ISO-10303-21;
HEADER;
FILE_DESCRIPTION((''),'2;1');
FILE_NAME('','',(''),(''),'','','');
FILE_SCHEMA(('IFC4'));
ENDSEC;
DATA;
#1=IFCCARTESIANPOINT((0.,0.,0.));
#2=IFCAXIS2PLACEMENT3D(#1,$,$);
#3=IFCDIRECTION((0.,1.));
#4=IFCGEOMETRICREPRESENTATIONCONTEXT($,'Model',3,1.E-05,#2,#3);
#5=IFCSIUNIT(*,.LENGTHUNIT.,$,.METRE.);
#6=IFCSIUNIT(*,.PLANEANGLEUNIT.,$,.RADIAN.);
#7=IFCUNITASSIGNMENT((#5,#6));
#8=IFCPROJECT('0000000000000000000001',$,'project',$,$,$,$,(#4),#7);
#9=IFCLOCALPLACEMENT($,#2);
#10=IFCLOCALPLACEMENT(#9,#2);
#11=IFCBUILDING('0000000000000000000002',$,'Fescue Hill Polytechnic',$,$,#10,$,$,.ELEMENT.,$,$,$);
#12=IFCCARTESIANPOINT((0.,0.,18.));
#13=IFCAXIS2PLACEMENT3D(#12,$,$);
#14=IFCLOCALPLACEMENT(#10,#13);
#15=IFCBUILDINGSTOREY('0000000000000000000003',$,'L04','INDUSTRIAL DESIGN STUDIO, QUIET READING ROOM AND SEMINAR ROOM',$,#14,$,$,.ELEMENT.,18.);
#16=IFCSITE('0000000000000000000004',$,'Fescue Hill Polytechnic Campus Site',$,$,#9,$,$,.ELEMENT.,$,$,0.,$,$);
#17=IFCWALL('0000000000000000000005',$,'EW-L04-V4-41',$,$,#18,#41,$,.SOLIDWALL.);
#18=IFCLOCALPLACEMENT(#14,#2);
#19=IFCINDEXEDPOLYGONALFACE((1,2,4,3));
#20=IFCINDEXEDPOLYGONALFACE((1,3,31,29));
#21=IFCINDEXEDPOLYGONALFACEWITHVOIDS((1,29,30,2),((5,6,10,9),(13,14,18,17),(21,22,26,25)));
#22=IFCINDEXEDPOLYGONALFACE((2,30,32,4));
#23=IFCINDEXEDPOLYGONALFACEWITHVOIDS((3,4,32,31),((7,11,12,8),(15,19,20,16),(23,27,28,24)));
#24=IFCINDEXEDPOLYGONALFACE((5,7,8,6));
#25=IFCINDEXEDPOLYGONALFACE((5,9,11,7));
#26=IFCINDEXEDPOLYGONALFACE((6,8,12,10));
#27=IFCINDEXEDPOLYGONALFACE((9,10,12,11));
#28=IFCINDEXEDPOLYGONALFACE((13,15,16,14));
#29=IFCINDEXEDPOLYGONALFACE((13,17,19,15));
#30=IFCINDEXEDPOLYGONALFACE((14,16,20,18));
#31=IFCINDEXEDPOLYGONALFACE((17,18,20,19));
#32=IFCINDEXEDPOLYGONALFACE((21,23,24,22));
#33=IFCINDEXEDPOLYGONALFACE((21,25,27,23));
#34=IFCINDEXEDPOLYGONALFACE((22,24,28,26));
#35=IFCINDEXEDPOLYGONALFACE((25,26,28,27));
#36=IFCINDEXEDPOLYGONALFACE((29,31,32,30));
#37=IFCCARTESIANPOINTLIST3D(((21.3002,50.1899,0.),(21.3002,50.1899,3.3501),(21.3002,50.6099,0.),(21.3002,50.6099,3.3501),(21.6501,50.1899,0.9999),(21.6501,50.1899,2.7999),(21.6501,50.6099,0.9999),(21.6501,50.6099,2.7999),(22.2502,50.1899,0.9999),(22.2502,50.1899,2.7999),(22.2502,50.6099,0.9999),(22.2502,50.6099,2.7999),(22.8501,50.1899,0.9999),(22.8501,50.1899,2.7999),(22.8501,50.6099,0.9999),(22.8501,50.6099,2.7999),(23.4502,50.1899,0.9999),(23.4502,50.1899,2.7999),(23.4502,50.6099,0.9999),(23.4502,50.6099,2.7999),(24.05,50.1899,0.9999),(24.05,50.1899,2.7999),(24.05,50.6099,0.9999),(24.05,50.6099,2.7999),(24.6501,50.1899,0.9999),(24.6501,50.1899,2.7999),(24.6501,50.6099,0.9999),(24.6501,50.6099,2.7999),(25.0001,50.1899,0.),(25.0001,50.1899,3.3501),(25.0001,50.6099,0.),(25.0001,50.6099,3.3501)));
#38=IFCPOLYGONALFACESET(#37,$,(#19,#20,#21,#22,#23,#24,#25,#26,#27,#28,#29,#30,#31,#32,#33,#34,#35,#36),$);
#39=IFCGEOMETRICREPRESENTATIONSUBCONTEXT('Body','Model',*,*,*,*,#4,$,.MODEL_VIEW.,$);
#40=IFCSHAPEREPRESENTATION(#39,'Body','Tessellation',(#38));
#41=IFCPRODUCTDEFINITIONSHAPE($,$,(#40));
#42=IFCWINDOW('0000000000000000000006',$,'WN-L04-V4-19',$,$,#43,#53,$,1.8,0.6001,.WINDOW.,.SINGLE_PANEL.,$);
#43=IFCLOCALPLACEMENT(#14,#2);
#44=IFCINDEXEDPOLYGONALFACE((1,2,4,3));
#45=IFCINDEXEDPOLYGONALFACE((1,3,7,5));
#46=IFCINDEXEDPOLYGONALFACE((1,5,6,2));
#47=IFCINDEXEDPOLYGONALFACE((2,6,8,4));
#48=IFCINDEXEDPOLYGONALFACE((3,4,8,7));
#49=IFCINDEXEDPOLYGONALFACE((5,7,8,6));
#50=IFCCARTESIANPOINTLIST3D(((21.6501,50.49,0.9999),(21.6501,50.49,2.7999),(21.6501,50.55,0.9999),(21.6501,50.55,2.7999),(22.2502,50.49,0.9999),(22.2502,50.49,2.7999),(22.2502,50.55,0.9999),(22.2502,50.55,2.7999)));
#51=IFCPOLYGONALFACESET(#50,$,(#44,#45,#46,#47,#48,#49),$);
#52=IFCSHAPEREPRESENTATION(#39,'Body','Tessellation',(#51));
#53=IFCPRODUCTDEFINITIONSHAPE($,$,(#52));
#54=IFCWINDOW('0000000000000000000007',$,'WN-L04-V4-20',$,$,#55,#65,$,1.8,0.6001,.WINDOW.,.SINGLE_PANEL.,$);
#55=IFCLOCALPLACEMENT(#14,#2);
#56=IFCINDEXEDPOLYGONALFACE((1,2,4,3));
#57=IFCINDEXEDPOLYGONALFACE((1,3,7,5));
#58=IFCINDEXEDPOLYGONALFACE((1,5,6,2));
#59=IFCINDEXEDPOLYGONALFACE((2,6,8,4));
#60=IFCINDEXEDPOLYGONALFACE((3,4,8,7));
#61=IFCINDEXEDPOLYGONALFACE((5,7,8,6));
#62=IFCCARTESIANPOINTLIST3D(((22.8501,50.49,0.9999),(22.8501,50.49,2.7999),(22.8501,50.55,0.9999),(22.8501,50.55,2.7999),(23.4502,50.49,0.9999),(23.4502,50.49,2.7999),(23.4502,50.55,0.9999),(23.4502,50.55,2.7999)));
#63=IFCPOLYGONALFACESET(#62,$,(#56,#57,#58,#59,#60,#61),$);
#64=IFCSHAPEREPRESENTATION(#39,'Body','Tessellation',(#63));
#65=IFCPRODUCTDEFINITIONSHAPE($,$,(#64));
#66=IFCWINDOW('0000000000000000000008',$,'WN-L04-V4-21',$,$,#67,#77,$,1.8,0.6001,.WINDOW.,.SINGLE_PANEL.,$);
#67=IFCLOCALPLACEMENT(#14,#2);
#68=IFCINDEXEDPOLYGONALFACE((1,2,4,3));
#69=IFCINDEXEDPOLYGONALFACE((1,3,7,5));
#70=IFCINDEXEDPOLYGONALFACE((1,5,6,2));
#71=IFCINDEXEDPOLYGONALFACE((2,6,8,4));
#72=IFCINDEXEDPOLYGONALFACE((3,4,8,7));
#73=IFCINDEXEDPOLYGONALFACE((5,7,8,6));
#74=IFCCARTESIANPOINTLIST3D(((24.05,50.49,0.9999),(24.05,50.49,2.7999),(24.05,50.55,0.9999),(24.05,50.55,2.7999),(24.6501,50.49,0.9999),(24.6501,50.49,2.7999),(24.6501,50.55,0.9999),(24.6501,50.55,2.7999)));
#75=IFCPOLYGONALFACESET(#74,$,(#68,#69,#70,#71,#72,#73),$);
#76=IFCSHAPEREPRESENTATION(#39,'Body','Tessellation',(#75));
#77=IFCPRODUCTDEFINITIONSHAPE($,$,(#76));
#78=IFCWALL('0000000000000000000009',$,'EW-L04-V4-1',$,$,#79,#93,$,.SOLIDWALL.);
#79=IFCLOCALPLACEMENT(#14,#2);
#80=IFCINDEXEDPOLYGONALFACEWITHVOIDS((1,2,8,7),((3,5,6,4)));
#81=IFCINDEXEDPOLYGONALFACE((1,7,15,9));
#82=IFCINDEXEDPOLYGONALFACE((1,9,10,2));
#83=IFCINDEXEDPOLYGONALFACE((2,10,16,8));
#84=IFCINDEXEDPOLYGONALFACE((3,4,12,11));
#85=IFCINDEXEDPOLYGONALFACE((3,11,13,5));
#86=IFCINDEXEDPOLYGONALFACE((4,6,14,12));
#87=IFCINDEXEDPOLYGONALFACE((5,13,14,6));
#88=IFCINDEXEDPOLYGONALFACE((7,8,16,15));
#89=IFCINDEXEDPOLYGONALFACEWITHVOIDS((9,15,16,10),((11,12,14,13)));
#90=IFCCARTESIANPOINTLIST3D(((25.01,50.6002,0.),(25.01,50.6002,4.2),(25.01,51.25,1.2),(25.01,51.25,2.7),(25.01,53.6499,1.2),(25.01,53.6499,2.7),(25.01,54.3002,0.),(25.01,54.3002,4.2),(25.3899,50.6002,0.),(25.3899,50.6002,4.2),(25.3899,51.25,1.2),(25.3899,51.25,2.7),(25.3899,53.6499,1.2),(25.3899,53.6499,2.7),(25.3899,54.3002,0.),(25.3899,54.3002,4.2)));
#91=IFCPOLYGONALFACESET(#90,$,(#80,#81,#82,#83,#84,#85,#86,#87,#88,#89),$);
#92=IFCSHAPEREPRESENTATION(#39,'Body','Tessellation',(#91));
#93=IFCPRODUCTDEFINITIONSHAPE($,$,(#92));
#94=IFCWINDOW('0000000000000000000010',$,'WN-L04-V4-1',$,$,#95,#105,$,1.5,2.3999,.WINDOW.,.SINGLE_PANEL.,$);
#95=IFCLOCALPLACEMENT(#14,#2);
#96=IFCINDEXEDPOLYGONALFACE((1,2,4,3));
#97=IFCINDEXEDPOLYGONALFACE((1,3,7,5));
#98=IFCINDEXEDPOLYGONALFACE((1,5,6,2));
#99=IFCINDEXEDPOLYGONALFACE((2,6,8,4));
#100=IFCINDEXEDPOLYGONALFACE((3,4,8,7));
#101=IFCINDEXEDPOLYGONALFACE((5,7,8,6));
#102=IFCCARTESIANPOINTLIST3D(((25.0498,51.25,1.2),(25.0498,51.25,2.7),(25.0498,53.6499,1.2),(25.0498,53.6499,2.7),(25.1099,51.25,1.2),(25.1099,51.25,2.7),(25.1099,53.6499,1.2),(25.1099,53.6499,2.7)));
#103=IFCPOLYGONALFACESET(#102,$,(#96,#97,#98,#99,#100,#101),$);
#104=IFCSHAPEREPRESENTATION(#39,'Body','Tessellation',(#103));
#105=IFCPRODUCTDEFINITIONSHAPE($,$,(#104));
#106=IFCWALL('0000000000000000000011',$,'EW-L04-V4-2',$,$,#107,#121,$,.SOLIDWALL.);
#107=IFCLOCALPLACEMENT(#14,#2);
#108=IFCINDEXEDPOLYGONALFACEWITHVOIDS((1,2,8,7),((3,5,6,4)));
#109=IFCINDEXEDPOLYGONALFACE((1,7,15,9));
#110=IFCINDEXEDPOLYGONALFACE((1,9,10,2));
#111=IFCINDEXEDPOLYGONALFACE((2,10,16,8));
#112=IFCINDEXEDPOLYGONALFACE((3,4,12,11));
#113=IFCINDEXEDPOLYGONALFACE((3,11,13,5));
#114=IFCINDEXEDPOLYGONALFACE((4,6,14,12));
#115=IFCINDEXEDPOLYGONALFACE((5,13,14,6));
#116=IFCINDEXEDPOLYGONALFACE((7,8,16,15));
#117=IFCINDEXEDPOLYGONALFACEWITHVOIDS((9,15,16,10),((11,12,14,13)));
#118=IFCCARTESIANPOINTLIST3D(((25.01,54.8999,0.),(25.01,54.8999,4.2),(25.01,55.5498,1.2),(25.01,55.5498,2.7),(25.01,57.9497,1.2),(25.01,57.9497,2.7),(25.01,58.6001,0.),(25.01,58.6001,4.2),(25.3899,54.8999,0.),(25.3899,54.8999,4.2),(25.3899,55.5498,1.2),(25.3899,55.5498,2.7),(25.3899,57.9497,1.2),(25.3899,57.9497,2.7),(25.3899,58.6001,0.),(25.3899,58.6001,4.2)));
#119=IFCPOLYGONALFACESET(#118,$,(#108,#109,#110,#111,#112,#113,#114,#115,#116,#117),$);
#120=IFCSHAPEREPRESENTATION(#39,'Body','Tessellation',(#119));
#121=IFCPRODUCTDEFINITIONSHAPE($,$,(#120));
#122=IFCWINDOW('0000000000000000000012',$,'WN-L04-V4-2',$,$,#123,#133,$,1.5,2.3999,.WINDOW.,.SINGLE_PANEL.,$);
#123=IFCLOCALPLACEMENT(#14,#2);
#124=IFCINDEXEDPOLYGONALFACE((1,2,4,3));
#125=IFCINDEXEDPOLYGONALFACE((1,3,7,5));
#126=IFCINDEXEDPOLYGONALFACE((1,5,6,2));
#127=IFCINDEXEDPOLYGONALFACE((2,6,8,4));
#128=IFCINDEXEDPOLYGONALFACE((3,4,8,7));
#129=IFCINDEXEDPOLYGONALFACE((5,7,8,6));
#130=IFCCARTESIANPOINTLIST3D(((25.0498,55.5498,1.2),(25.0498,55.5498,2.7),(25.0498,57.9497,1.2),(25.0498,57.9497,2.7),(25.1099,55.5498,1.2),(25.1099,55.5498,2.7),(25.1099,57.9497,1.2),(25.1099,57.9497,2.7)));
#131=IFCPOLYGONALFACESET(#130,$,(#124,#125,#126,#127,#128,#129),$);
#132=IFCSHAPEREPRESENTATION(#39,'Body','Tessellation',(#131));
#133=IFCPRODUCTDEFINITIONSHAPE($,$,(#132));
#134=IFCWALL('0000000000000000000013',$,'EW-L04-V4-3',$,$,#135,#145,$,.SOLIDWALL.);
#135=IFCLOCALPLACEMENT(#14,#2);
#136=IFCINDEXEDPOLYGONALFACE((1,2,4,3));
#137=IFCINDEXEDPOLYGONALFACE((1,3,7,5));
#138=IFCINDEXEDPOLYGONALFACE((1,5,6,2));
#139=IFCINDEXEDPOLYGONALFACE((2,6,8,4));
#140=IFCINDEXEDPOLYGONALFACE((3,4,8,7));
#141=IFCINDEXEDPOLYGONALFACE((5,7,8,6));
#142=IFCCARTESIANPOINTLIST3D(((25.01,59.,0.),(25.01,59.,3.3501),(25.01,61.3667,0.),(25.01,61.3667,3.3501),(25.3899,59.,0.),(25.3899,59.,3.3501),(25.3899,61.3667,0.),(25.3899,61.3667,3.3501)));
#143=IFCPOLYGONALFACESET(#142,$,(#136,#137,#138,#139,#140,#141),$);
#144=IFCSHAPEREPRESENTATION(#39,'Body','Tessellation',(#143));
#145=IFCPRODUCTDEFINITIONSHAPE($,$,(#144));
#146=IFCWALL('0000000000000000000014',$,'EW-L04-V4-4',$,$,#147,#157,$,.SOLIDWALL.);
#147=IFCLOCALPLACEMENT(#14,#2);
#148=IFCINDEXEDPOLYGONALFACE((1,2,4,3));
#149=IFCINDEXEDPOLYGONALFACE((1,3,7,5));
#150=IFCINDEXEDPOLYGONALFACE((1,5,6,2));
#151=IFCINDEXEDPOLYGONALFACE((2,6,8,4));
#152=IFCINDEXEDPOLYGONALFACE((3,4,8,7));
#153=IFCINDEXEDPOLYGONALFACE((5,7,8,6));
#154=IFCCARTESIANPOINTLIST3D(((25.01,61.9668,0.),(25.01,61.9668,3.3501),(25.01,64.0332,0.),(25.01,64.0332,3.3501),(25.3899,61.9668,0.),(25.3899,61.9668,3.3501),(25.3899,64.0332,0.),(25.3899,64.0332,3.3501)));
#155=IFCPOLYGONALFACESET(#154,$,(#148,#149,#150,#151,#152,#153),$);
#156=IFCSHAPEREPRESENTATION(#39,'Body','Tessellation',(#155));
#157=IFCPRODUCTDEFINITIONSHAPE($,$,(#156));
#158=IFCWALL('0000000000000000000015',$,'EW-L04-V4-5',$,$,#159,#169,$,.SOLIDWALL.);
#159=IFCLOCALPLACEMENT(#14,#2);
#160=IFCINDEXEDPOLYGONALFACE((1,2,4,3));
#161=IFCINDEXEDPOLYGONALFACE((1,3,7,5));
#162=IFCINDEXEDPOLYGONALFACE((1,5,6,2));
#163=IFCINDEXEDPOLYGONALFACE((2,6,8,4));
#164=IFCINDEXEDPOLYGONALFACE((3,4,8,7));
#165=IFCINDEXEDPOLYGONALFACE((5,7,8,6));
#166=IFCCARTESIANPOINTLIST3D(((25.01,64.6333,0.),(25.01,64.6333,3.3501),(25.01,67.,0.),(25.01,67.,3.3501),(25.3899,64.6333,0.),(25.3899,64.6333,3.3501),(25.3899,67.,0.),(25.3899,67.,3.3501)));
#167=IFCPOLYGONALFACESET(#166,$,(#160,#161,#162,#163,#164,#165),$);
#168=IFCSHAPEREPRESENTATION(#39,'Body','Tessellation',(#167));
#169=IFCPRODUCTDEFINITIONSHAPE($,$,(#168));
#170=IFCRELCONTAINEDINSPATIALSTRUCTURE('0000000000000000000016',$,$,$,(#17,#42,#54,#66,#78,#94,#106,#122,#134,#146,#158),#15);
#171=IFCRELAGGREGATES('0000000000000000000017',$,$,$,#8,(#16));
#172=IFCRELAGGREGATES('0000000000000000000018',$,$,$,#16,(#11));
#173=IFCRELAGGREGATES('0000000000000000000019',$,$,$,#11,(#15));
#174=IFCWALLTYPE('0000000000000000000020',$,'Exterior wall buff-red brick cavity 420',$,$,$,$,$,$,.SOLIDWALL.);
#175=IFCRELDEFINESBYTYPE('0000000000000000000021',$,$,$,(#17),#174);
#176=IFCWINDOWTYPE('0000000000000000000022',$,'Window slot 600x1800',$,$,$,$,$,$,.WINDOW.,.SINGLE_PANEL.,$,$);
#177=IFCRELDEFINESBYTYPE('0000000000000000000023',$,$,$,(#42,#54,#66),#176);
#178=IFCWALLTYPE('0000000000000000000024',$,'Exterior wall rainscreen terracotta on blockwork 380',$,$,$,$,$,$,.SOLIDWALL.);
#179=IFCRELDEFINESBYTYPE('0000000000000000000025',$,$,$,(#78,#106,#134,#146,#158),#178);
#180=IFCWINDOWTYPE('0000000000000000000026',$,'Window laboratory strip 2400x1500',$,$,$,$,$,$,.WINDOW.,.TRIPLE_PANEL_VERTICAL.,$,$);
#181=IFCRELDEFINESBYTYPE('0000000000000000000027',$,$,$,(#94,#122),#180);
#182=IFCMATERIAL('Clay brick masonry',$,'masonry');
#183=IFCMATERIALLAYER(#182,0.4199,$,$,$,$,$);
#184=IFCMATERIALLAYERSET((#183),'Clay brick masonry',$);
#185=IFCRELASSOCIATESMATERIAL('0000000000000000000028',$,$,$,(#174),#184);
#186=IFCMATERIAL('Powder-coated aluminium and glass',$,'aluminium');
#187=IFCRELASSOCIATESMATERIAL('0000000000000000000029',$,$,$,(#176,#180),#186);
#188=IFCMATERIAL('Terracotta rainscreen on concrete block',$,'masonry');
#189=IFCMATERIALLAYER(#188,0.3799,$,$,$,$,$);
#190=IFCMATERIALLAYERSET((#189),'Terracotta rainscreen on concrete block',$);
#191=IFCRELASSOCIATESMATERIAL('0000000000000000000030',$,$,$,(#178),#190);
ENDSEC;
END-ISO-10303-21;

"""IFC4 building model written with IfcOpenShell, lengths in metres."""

from ifc_helpers import new_model, si_unit, direction, frame, frame_2d, origin, place, context, subcontext, project, spatial, rectangle, extrude, material, layer, layer_set, type_object, element, fill, save


model = new_model("IFC4")

# Units and contexts
model_context = context("Model", 3, precision=1e-05, world=origin(), true_north=direction((0.0, 1.0)))
body_context = subcontext(model_context, "Body", "Model", "MODEL_VIEW")
ifc_project = project(units=[si_unit("LENGTHUNIT", "METRE"), si_unit("PLANEANGLEUNIT", "RADIAN")], contexts=[model_context])

# Site, building, storey
site_placement = place(None, origin())
site = spatial("IfcSite", under=ifc_project, at=site_placement, Name="Fescue Hill Polytechnic Campus Site", CompositionType="ELEMENT", RefElevation=0.0)
building_placement = place(site_placement, origin())
building = spatial("IfcBuilding", under=site, at=building_placement, Name="Fescue Hill Polytechnic", CompositionType="ELEMENT")
storey_placement = place(building_placement, frame((0.0, 0.0, 18.0)))
storey = spatial("IfcBuildingStorey", under=building, at=storey_placement, Name="L04", Description="INDUSTRIAL DESIGN STUDIO, QUIET READING ROOM AND SEMINAR ROOM", CompositionType="ELEMENT", Elevation=18.0)

# Shared definitions
ifc_material_1 = material(Name="Clay brick masonry", Category="masonry")

# Wall, openings, windows
ifc_layer_1 = layer(ifc_material_1, 0.4199)
ifc_layer_set_1 = layer_set([ifc_layer_1], Name="Clay brick masonry")
wall_type_1 = type_object("IfcWallType", Name="Exterior wall buff-red brick cavity 420", PredefinedType="SOLIDWALL", material=ifc_layer_set_1)
ifc_material_2 = material(Name="Powder-coated aluminium and glass", Category="aluminium")
window_type_1 = type_object("IfcWindowType", Name="Window slot 600x1800", PartitioningType="SINGLE_PANEL", PredefinedType="WINDOW", material=ifc_material_2)
wall_1_placement = place(storey_placement, frame((21.3, 50.3999, 0.0), z_axis=(0.0, 0.0, 1.0), x_axis=(1.0, 0.0, 0.0)))
wall_1 = element("IfcWall", 1, at=wall_1_placement, inside=storey, type_object=wall_type_1, Name="EW-L04-V4-41", PredefinedType="SOLIDWALL", context=body_context, shape_type="SweptSolid", body=[
    extrude(rectangle(XDim=3.7, YDim=0.4199, at=frame_2d((1.8501, 0.0))), origin(), (0.0, 0.0, 1.0), 3.3501),
])
opening_1_placement = place(wall_1_placement, frame((0.3501, 0.0, 1.0)))
opening_1 = element("IfcOpeningElement", 2, at=opening_1_placement, cuts=wall_1, PredefinedType="OPENING", context=body_context, shape_type="SweptSolid", body=[
    extrude(rectangle(XDim=0.6001, YDim=1.8, at=frame_2d((0.3, 0.8999))), frame((0.0, 0.22, 0.0), z_axis=(0.0, -1.0, 0.0), x_axis=(1.0, 0.0, 0.0)), (0.0, 0.0, 1.0), 0.4399),
])
opening_2_placement = place(wall_1_placement, frame((1.55, 0.0, 1.0)))
opening_2 = element("IfcOpeningElement", 3, at=opening_2_placement, cuts=wall_1, PredefinedType="OPENING", context=body_context, shape_type="SweptSolid", body=[
    extrude(rectangle(XDim=0.6001, YDim=1.8, at=frame_2d((0.3, 0.8999))), frame((0.0, 0.22, 0.0), z_axis=(0.0, -1.0, 0.0), x_axis=(1.0, 0.0, 0.0)), (0.0, 0.0, 1.0), 0.4399),
])
opening_3_placement = place(wall_1_placement, frame((2.75, 0.0, 1.0)))
opening_3 = element("IfcOpeningElement", 4, at=opening_3_placement, cuts=wall_1, PredefinedType="OPENING", context=body_context, shape_type="SweptSolid", body=[
    extrude(rectangle(XDim=0.6001, YDim=1.8, at=frame_2d((0.3, 0.8999))), frame((0.0, 0.22, 0.0), z_axis=(0.0, -1.0, 0.0), x_axis=(1.0, 0.0, 0.0)), (0.0, 0.0, 1.0), 0.4399),
])
window_1_placement = place(opening_1_placement, origin())
window_1 = element("IfcWindow", 5, at=window_1_placement, inside=storey, type_object=window_type_1, Name="WN-L04-V4-19", OverallHeight=1.8, OverallWidth=0.6001, PartitioningType="SINGLE_PANEL", PredefinedType="WINDOW", context=body_context, shape_type="SweptSolid", body=[
    extrude(rectangle(XDim=0.6001, YDim=1.8, at=frame_2d((0.3, 0.8999))), frame((0.0, 0.1501, 0.0), z_axis=(0.0, -1.0, 0.0), x_axis=(1.0, 0.0, 0.0)), (0.0, 0.0, 1.0), 0.0601),
])
fill(opening_1, window_1)
window_2_placement = place(opening_2_placement, origin())
window_2 = element("IfcWindow", 6, at=window_2_placement, inside=storey, type_object=window_type_1, Name="WN-L04-V4-20", OverallHeight=1.8, OverallWidth=0.6001, PartitioningType="SINGLE_PANEL", PredefinedType="WINDOW", context=body_context, shape_type="SweptSolid", body=[
    extrude(rectangle(XDim=0.6001, YDim=1.8, at=frame_2d((0.3, 0.8999))), frame((0.0, 0.1501, 0.0), z_axis=(0.0, -1.0, 0.0), x_axis=(1.0, 0.0, 0.0)), (0.0, 0.0, 1.0), 0.0601),
])
fill(opening_2, window_2)
window_3_placement = place(opening_3_placement, origin())
window_3 = element("IfcWindow", 7, at=window_3_placement, inside=storey, type_object=window_type_1, Name="WN-L04-V4-21", OverallHeight=1.8, OverallWidth=0.6001, PartitioningType="SINGLE_PANEL", PredefinedType="WINDOW", context=body_context, shape_type="SweptSolid", body=[
    extrude(rectangle(XDim=0.6001, YDim=1.8, at=frame_2d((0.3, 0.8999))), frame((0.0, 0.1501, 0.0), z_axis=(0.0, -1.0, 0.0), x_axis=(1.0, 0.0, 0.0)), (0.0, 0.0, 1.0), 0.0601),
])
fill(opening_3, window_3)

# Walls, openings, windows
ifc_material_3 = material(Name="Terracotta rainscreen on concrete block", Category="masonry")
ifc_layer_2 = layer(ifc_material_3, 0.3799)
ifc_layer_set_2 = layer_set([ifc_layer_2], Name="Terracotta rainscreen on concrete block")
wall_type_2 = type_object("IfcWallType", Name="Exterior wall rainscreen terracotta on blockwork 380", PredefinedType="SOLIDWALL", material=ifc_layer_set_2)
wall_2_placement = place(storey_placement, frame((25.2, 50.6001, 0.0), z_axis=(0.0, 0.0, 1.0), x_axis=(0.0, 1.0, 0.0)))
wall_2 = element("IfcWall", 8, at=wall_2_placement, inside=storey, type_object=wall_type_2, Name="EW-L04-V4-1", PredefinedType="SOLIDWALL", context=body_context, shape_type="SweptSolid", body=[
    extrude(rectangle(XDim=3.7, YDim=0.3799, at=frame_2d((1.8501, 0.0))), origin(), (0.0, 0.0, 1.0), 4.2),
])
opening_4_placement = place(wall_2_placement, frame((0.6499, 0.0, 1.2)))
opening_4 = element("IfcOpeningElement", 9, at=opening_4_placement, cuts=wall_2, PredefinedType="OPENING", context=body_context, shape_type="SweptSolid", body=[
    extrude(rectangle(XDim=2.3999, YDim=1.5, at=frame_2d((1.2, 0.75))), frame((0.0, 0.2, 0.0), z_axis=(0.0, -1.0, 0.0), x_axis=(1.0, 0.0, 0.0)), (0.0, 0.0, 1.0), 0.3999),
])
window_type_2 = type_object("IfcWindowType", Name="Window laboratory strip 2400x1500", PartitioningType="TRIPLE_PANEL_VERTICAL", PredefinedType="WINDOW", material=ifc_material_2)
window_4_placement = place(opening_4_placement, origin())
window_4 = element("IfcWindow", 10, at=window_4_placement, inside=storey, type_object=window_type_2, Name="WN-L04-V4-1", OverallHeight=1.5, OverallWidth=2.3999, PartitioningType="SINGLE_PANEL", PredefinedType="WINDOW", context=body_context, shape_type="SweptSolid", body=[
    extrude(rectangle(XDim=2.3999, YDim=1.5, at=frame_2d((1.2, 0.75))), frame((0.0, 0.1501, 0.0), z_axis=(0.0, -1.0, 0.0), x_axis=(1.0, 0.0, 0.0)), (0.0, 0.0, 1.0), 0.0601),
])
fill(opening_4, window_4)
wall_3_placement = place(storey_placement, frame((25.2, 54.8999, 0.0), z_axis=(0.0, 0.0, 1.0), x_axis=(0.0, 1.0, 0.0)))
wall_3 = element("IfcWall", 11, at=wall_3_placement, inside=storey, type_object=wall_type_2, Name="EW-L04-V4-2", PredefinedType="SOLIDWALL", context=body_context, shape_type="SweptSolid", body=[
    extrude(rectangle(XDim=3.7002, YDim=0.3799, at=frame_2d((1.8501, 0.0))), origin(), (0.0, 0.0, 1.0), 4.2),
])
opening_5_placement = place(wall_3_placement, frame((0.6499, 0.0, 1.2)))
opening_5 = element("IfcOpeningElement", 12, at=opening_5_placement, cuts=wall_3, PredefinedType="OPENING", context=body_context, shape_type="SweptSolid", body=[
    extrude(rectangle(XDim=2.3999, YDim=1.5, at=frame_2d((1.2, 0.75))), frame((0.0, 0.2, 0.0), z_axis=(0.0, -1.0, 0.0), x_axis=(1.0, 0.0, 0.0)), (0.0, 0.0, 1.0), 0.3999),
])
window_5_placement = place(opening_5_placement, origin())
window_5 = element("IfcWindow", 13, at=window_5_placement, inside=storey, type_object=window_type_2, Name="WN-L04-V4-2", OverallHeight=1.5, OverallWidth=2.3999, PartitioningType="SINGLE_PANEL", PredefinedType="WINDOW", context=body_context, shape_type="SweptSolid", body=[
    extrude(rectangle(XDim=2.3999, YDim=1.5, at=frame_2d((1.2, 0.75))), frame((0.0, 0.1501, 0.0), z_axis=(0.0, -1.0, 0.0), x_axis=(1.0, 0.0, 0.0)), (0.0, 0.0, 1.0), 0.0601),
])
fill(opening_5, window_5)

# Walls
wall_4_placement = place(storey_placement, frame((25.2, 59.0, 0.0), z_axis=(0.0, 0.0, 1.0), x_axis=(0.0, 1.0, 0.0)))
element("IfcWall", 14, at=wall_4_placement, inside=storey, type_object=wall_type_2, Name="EW-L04-V4-3", PredefinedType="SOLIDWALL", context=body_context, shape_type="SweptSolid", body=[
    extrude(rectangle(XDim=2.3667, YDim=0.3799, at=frame_2d((1.1833, 0.0))), origin(), (0.0, 0.0, 1.0), 3.3501),
])
wall_5_placement = place(storey_placement, frame((25.2, 61.9668, 0.0), z_axis=(0.0, 0.0, 1.0), x_axis=(0.0, 1.0, 0.0)))
element("IfcWall", 15, at=wall_5_placement, inside=storey, type_object=wall_type_2, Name="EW-L04-V4-4", PredefinedType="SOLIDWALL", context=body_context, shape_type="SweptSolid", body=[
    extrude(rectangle(XDim=2.0664, YDim=0.3799, at=frame_2d((1.0332, 0.0))), origin(), (0.0, 0.0, 1.0), 3.3501),
])
wall_6_placement = place(storey_placement, frame((25.2, 64.6333, 0.0), z_axis=(0.0, 0.0, 1.0), x_axis=(0.0, 1.0, 0.0)))
element("IfcWall", 16, at=wall_6_placement, inside=storey, type_object=wall_type_2, Name="EW-L04-V4-5", PredefinedType="SOLIDWALL", context=body_context, shape_type="SweptSolid", body=[
    extrude(rectangle(XDim=2.3667, YDim=0.3799, at=frame_2d((1.1833, 0.0))), origin(), (0.0, 0.0, 1.0), 3.3501),
])

save(model, "model.ifc")
